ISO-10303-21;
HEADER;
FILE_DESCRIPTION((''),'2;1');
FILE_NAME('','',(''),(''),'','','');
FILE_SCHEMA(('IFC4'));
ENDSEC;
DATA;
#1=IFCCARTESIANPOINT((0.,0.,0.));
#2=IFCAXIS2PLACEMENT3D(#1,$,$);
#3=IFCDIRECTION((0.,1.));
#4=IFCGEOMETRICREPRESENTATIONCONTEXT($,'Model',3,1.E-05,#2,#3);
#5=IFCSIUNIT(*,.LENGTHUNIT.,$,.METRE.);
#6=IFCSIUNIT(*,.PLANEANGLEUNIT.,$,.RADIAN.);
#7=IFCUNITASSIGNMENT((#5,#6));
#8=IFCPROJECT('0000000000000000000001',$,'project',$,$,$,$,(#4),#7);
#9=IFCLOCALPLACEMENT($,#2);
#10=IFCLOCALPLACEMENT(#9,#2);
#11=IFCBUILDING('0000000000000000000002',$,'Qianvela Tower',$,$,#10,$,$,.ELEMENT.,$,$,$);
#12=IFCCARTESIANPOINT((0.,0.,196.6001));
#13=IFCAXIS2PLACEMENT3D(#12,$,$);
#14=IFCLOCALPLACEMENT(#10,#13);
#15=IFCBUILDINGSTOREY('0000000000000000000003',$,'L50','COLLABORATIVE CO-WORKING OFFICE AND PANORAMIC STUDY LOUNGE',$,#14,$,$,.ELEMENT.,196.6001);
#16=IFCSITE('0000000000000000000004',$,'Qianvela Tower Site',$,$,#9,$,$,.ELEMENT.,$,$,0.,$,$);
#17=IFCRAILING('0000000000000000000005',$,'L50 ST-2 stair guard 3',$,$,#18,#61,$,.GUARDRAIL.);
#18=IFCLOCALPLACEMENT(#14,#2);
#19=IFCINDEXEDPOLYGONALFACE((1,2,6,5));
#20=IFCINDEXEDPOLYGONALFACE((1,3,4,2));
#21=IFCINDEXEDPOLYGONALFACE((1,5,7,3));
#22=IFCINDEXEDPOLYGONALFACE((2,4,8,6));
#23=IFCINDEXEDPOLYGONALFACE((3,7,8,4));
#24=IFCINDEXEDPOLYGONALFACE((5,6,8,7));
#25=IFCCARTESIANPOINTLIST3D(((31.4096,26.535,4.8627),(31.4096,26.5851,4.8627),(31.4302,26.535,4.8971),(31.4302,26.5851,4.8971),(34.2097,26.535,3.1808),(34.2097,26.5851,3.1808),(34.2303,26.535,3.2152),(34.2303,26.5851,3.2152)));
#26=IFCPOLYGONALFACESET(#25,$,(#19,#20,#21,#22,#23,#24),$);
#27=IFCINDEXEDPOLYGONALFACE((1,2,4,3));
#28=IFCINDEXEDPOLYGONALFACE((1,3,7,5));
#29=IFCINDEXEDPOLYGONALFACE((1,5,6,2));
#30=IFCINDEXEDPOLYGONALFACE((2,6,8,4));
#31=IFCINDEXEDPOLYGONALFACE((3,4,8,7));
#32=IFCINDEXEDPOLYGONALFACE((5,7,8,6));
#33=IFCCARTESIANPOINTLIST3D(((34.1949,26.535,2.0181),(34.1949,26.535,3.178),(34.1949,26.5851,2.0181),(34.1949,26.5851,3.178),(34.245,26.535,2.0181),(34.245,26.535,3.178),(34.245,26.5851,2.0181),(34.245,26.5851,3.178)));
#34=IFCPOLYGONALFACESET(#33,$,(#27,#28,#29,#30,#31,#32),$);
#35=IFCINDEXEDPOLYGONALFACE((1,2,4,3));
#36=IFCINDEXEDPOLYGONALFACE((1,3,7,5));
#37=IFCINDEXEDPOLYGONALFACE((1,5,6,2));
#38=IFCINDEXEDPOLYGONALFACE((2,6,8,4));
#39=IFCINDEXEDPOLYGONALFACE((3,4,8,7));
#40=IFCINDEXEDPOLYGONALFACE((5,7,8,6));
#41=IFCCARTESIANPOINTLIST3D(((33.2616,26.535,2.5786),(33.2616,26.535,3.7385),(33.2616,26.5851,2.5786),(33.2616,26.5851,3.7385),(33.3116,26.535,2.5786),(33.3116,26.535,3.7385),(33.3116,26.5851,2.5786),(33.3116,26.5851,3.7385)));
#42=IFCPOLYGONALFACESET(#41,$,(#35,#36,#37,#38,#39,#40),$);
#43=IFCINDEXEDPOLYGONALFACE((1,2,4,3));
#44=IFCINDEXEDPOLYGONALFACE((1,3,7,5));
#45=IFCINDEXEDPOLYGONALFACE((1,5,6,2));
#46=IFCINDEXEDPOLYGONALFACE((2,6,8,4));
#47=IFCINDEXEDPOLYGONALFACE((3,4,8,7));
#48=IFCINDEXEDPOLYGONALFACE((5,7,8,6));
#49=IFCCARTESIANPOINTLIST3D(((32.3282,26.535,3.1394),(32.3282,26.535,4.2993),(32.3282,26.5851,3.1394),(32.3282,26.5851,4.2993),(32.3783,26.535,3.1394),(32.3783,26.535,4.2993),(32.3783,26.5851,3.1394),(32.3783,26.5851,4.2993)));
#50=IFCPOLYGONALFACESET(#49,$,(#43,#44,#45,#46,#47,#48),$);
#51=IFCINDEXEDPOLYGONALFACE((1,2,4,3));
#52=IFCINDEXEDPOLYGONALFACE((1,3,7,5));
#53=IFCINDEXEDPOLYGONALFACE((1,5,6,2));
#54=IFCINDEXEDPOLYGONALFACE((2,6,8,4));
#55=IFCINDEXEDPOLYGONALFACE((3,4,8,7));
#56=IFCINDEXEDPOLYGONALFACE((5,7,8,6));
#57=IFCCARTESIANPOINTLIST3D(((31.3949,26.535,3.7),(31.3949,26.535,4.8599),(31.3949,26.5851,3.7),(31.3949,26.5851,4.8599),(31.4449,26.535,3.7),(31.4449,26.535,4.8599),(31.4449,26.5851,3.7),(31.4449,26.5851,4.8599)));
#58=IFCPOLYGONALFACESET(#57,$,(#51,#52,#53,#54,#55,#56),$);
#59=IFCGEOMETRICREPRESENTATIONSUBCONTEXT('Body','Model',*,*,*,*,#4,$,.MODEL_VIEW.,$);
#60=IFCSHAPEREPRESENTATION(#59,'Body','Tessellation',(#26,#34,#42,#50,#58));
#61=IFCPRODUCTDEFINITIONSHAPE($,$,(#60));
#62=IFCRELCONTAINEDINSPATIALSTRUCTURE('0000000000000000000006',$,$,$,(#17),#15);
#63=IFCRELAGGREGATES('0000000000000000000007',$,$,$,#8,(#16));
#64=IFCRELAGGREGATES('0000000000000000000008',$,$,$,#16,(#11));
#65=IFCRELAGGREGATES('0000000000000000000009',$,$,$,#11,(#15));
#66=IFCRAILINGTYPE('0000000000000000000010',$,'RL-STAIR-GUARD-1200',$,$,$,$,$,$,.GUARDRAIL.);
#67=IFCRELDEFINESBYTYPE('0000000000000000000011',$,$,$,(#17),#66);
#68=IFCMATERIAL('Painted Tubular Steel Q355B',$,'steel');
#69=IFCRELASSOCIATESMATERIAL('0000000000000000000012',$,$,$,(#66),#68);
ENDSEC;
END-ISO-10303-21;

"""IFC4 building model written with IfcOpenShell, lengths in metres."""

from ifc_helpers import new_model, si_unit, direction, frame, origin, origin_2d, place, context, subcontext, project, spatial, rectangle, extrude, material, type_object, element, save


model = new_model("IFC4")

# Units and contexts
model_context = context("Model", 3, precision=1e-05, world=origin(), true_north=direction((0.0, 1.0)))
body_context = subcontext(model_context, "Body", "Model", "MODEL_VIEW")
ifc_project = project(units=[si_unit("LENGTHUNIT", "METRE"), si_unit("PLANEANGLEUNIT", "RADIAN")], contexts=[model_context])

# Site, building, storey
site_placement = place(None, origin())
site = spatial("IfcSite", under=ifc_project, at=site_placement, Name="Qianvela Tower Site", CompositionType="ELEMENT", RefElevation=0.0)
building_placement = place(site_placement, origin())
building = spatial("IfcBuilding", under=site, at=building_placement, Name="Qianvela Tower", CompositionType="ELEMENT")
storey_placement = place(building_placement, frame((0.0, 0.0, 196.6001)))
storey = spatial("IfcBuildingStorey", under=building, at=storey_placement, Name="L50", Description="COLLABORATIVE CO-WORKING OFFICE AND PANORAMIC STUDY LOUNGE", CompositionType="ELEMENT", Elevation=196.6001)

# Railing
ifc_material_1 = material(Name="Painted Tubular Steel Q355B", Category="steel")
railing_type_1 = type_object("IfcRailingType", Name="RL-STAIR-GUARD-1200", PredefinedType="GUARDRAIL", material=ifc_material_1)
railing_1_placement = place(storey_placement, frame((34.22, 26.5601, 2.0181)))
element("IfcRailing", 1, at=railing_1_placement, inside=storey, type_object=railing_type_1, Name="L50 ST-2 stair guard 3", PredefinedType="GUARDRAIL", context=body_context, shape_type="SweptSolid", body=[
    extrude(rectangle(XDim=0.05, YDim=0.04, at=origin_2d()), frame((0.0, 0.0, 1.1799), z_axis=(-0.857242, 0.0, 0.514913), x_axis=(0.0, -1.0, 0.0)), (0.0, 0.0, 1.0), 3.2664),
    extrude(rectangle(XDim=0.05, YDim=0.05, at=origin_2d()), origin(), (0.0, 0.0, 1.0), 1.1599),
    extrude(rectangle(XDim=0.05, YDim=0.05, at=origin_2d()), frame((-0.9333, 0.0, 0.5605)), (0.0, 0.0, 1.0), 1.1599),
    extrude(rectangle(XDim=0.05, YDim=0.05, at=origin_2d()), frame((-1.8667, 0.0, 1.1213)), (0.0, 0.0, 1.0), 1.1599),
    extrude(rectangle(XDim=0.05, YDim=0.05, at=origin_2d()), frame((-2.8, 0.0, 1.6819)), (0.0, 0.0, 1.0), 1.1599),
])

save(model, "model.ifc")
